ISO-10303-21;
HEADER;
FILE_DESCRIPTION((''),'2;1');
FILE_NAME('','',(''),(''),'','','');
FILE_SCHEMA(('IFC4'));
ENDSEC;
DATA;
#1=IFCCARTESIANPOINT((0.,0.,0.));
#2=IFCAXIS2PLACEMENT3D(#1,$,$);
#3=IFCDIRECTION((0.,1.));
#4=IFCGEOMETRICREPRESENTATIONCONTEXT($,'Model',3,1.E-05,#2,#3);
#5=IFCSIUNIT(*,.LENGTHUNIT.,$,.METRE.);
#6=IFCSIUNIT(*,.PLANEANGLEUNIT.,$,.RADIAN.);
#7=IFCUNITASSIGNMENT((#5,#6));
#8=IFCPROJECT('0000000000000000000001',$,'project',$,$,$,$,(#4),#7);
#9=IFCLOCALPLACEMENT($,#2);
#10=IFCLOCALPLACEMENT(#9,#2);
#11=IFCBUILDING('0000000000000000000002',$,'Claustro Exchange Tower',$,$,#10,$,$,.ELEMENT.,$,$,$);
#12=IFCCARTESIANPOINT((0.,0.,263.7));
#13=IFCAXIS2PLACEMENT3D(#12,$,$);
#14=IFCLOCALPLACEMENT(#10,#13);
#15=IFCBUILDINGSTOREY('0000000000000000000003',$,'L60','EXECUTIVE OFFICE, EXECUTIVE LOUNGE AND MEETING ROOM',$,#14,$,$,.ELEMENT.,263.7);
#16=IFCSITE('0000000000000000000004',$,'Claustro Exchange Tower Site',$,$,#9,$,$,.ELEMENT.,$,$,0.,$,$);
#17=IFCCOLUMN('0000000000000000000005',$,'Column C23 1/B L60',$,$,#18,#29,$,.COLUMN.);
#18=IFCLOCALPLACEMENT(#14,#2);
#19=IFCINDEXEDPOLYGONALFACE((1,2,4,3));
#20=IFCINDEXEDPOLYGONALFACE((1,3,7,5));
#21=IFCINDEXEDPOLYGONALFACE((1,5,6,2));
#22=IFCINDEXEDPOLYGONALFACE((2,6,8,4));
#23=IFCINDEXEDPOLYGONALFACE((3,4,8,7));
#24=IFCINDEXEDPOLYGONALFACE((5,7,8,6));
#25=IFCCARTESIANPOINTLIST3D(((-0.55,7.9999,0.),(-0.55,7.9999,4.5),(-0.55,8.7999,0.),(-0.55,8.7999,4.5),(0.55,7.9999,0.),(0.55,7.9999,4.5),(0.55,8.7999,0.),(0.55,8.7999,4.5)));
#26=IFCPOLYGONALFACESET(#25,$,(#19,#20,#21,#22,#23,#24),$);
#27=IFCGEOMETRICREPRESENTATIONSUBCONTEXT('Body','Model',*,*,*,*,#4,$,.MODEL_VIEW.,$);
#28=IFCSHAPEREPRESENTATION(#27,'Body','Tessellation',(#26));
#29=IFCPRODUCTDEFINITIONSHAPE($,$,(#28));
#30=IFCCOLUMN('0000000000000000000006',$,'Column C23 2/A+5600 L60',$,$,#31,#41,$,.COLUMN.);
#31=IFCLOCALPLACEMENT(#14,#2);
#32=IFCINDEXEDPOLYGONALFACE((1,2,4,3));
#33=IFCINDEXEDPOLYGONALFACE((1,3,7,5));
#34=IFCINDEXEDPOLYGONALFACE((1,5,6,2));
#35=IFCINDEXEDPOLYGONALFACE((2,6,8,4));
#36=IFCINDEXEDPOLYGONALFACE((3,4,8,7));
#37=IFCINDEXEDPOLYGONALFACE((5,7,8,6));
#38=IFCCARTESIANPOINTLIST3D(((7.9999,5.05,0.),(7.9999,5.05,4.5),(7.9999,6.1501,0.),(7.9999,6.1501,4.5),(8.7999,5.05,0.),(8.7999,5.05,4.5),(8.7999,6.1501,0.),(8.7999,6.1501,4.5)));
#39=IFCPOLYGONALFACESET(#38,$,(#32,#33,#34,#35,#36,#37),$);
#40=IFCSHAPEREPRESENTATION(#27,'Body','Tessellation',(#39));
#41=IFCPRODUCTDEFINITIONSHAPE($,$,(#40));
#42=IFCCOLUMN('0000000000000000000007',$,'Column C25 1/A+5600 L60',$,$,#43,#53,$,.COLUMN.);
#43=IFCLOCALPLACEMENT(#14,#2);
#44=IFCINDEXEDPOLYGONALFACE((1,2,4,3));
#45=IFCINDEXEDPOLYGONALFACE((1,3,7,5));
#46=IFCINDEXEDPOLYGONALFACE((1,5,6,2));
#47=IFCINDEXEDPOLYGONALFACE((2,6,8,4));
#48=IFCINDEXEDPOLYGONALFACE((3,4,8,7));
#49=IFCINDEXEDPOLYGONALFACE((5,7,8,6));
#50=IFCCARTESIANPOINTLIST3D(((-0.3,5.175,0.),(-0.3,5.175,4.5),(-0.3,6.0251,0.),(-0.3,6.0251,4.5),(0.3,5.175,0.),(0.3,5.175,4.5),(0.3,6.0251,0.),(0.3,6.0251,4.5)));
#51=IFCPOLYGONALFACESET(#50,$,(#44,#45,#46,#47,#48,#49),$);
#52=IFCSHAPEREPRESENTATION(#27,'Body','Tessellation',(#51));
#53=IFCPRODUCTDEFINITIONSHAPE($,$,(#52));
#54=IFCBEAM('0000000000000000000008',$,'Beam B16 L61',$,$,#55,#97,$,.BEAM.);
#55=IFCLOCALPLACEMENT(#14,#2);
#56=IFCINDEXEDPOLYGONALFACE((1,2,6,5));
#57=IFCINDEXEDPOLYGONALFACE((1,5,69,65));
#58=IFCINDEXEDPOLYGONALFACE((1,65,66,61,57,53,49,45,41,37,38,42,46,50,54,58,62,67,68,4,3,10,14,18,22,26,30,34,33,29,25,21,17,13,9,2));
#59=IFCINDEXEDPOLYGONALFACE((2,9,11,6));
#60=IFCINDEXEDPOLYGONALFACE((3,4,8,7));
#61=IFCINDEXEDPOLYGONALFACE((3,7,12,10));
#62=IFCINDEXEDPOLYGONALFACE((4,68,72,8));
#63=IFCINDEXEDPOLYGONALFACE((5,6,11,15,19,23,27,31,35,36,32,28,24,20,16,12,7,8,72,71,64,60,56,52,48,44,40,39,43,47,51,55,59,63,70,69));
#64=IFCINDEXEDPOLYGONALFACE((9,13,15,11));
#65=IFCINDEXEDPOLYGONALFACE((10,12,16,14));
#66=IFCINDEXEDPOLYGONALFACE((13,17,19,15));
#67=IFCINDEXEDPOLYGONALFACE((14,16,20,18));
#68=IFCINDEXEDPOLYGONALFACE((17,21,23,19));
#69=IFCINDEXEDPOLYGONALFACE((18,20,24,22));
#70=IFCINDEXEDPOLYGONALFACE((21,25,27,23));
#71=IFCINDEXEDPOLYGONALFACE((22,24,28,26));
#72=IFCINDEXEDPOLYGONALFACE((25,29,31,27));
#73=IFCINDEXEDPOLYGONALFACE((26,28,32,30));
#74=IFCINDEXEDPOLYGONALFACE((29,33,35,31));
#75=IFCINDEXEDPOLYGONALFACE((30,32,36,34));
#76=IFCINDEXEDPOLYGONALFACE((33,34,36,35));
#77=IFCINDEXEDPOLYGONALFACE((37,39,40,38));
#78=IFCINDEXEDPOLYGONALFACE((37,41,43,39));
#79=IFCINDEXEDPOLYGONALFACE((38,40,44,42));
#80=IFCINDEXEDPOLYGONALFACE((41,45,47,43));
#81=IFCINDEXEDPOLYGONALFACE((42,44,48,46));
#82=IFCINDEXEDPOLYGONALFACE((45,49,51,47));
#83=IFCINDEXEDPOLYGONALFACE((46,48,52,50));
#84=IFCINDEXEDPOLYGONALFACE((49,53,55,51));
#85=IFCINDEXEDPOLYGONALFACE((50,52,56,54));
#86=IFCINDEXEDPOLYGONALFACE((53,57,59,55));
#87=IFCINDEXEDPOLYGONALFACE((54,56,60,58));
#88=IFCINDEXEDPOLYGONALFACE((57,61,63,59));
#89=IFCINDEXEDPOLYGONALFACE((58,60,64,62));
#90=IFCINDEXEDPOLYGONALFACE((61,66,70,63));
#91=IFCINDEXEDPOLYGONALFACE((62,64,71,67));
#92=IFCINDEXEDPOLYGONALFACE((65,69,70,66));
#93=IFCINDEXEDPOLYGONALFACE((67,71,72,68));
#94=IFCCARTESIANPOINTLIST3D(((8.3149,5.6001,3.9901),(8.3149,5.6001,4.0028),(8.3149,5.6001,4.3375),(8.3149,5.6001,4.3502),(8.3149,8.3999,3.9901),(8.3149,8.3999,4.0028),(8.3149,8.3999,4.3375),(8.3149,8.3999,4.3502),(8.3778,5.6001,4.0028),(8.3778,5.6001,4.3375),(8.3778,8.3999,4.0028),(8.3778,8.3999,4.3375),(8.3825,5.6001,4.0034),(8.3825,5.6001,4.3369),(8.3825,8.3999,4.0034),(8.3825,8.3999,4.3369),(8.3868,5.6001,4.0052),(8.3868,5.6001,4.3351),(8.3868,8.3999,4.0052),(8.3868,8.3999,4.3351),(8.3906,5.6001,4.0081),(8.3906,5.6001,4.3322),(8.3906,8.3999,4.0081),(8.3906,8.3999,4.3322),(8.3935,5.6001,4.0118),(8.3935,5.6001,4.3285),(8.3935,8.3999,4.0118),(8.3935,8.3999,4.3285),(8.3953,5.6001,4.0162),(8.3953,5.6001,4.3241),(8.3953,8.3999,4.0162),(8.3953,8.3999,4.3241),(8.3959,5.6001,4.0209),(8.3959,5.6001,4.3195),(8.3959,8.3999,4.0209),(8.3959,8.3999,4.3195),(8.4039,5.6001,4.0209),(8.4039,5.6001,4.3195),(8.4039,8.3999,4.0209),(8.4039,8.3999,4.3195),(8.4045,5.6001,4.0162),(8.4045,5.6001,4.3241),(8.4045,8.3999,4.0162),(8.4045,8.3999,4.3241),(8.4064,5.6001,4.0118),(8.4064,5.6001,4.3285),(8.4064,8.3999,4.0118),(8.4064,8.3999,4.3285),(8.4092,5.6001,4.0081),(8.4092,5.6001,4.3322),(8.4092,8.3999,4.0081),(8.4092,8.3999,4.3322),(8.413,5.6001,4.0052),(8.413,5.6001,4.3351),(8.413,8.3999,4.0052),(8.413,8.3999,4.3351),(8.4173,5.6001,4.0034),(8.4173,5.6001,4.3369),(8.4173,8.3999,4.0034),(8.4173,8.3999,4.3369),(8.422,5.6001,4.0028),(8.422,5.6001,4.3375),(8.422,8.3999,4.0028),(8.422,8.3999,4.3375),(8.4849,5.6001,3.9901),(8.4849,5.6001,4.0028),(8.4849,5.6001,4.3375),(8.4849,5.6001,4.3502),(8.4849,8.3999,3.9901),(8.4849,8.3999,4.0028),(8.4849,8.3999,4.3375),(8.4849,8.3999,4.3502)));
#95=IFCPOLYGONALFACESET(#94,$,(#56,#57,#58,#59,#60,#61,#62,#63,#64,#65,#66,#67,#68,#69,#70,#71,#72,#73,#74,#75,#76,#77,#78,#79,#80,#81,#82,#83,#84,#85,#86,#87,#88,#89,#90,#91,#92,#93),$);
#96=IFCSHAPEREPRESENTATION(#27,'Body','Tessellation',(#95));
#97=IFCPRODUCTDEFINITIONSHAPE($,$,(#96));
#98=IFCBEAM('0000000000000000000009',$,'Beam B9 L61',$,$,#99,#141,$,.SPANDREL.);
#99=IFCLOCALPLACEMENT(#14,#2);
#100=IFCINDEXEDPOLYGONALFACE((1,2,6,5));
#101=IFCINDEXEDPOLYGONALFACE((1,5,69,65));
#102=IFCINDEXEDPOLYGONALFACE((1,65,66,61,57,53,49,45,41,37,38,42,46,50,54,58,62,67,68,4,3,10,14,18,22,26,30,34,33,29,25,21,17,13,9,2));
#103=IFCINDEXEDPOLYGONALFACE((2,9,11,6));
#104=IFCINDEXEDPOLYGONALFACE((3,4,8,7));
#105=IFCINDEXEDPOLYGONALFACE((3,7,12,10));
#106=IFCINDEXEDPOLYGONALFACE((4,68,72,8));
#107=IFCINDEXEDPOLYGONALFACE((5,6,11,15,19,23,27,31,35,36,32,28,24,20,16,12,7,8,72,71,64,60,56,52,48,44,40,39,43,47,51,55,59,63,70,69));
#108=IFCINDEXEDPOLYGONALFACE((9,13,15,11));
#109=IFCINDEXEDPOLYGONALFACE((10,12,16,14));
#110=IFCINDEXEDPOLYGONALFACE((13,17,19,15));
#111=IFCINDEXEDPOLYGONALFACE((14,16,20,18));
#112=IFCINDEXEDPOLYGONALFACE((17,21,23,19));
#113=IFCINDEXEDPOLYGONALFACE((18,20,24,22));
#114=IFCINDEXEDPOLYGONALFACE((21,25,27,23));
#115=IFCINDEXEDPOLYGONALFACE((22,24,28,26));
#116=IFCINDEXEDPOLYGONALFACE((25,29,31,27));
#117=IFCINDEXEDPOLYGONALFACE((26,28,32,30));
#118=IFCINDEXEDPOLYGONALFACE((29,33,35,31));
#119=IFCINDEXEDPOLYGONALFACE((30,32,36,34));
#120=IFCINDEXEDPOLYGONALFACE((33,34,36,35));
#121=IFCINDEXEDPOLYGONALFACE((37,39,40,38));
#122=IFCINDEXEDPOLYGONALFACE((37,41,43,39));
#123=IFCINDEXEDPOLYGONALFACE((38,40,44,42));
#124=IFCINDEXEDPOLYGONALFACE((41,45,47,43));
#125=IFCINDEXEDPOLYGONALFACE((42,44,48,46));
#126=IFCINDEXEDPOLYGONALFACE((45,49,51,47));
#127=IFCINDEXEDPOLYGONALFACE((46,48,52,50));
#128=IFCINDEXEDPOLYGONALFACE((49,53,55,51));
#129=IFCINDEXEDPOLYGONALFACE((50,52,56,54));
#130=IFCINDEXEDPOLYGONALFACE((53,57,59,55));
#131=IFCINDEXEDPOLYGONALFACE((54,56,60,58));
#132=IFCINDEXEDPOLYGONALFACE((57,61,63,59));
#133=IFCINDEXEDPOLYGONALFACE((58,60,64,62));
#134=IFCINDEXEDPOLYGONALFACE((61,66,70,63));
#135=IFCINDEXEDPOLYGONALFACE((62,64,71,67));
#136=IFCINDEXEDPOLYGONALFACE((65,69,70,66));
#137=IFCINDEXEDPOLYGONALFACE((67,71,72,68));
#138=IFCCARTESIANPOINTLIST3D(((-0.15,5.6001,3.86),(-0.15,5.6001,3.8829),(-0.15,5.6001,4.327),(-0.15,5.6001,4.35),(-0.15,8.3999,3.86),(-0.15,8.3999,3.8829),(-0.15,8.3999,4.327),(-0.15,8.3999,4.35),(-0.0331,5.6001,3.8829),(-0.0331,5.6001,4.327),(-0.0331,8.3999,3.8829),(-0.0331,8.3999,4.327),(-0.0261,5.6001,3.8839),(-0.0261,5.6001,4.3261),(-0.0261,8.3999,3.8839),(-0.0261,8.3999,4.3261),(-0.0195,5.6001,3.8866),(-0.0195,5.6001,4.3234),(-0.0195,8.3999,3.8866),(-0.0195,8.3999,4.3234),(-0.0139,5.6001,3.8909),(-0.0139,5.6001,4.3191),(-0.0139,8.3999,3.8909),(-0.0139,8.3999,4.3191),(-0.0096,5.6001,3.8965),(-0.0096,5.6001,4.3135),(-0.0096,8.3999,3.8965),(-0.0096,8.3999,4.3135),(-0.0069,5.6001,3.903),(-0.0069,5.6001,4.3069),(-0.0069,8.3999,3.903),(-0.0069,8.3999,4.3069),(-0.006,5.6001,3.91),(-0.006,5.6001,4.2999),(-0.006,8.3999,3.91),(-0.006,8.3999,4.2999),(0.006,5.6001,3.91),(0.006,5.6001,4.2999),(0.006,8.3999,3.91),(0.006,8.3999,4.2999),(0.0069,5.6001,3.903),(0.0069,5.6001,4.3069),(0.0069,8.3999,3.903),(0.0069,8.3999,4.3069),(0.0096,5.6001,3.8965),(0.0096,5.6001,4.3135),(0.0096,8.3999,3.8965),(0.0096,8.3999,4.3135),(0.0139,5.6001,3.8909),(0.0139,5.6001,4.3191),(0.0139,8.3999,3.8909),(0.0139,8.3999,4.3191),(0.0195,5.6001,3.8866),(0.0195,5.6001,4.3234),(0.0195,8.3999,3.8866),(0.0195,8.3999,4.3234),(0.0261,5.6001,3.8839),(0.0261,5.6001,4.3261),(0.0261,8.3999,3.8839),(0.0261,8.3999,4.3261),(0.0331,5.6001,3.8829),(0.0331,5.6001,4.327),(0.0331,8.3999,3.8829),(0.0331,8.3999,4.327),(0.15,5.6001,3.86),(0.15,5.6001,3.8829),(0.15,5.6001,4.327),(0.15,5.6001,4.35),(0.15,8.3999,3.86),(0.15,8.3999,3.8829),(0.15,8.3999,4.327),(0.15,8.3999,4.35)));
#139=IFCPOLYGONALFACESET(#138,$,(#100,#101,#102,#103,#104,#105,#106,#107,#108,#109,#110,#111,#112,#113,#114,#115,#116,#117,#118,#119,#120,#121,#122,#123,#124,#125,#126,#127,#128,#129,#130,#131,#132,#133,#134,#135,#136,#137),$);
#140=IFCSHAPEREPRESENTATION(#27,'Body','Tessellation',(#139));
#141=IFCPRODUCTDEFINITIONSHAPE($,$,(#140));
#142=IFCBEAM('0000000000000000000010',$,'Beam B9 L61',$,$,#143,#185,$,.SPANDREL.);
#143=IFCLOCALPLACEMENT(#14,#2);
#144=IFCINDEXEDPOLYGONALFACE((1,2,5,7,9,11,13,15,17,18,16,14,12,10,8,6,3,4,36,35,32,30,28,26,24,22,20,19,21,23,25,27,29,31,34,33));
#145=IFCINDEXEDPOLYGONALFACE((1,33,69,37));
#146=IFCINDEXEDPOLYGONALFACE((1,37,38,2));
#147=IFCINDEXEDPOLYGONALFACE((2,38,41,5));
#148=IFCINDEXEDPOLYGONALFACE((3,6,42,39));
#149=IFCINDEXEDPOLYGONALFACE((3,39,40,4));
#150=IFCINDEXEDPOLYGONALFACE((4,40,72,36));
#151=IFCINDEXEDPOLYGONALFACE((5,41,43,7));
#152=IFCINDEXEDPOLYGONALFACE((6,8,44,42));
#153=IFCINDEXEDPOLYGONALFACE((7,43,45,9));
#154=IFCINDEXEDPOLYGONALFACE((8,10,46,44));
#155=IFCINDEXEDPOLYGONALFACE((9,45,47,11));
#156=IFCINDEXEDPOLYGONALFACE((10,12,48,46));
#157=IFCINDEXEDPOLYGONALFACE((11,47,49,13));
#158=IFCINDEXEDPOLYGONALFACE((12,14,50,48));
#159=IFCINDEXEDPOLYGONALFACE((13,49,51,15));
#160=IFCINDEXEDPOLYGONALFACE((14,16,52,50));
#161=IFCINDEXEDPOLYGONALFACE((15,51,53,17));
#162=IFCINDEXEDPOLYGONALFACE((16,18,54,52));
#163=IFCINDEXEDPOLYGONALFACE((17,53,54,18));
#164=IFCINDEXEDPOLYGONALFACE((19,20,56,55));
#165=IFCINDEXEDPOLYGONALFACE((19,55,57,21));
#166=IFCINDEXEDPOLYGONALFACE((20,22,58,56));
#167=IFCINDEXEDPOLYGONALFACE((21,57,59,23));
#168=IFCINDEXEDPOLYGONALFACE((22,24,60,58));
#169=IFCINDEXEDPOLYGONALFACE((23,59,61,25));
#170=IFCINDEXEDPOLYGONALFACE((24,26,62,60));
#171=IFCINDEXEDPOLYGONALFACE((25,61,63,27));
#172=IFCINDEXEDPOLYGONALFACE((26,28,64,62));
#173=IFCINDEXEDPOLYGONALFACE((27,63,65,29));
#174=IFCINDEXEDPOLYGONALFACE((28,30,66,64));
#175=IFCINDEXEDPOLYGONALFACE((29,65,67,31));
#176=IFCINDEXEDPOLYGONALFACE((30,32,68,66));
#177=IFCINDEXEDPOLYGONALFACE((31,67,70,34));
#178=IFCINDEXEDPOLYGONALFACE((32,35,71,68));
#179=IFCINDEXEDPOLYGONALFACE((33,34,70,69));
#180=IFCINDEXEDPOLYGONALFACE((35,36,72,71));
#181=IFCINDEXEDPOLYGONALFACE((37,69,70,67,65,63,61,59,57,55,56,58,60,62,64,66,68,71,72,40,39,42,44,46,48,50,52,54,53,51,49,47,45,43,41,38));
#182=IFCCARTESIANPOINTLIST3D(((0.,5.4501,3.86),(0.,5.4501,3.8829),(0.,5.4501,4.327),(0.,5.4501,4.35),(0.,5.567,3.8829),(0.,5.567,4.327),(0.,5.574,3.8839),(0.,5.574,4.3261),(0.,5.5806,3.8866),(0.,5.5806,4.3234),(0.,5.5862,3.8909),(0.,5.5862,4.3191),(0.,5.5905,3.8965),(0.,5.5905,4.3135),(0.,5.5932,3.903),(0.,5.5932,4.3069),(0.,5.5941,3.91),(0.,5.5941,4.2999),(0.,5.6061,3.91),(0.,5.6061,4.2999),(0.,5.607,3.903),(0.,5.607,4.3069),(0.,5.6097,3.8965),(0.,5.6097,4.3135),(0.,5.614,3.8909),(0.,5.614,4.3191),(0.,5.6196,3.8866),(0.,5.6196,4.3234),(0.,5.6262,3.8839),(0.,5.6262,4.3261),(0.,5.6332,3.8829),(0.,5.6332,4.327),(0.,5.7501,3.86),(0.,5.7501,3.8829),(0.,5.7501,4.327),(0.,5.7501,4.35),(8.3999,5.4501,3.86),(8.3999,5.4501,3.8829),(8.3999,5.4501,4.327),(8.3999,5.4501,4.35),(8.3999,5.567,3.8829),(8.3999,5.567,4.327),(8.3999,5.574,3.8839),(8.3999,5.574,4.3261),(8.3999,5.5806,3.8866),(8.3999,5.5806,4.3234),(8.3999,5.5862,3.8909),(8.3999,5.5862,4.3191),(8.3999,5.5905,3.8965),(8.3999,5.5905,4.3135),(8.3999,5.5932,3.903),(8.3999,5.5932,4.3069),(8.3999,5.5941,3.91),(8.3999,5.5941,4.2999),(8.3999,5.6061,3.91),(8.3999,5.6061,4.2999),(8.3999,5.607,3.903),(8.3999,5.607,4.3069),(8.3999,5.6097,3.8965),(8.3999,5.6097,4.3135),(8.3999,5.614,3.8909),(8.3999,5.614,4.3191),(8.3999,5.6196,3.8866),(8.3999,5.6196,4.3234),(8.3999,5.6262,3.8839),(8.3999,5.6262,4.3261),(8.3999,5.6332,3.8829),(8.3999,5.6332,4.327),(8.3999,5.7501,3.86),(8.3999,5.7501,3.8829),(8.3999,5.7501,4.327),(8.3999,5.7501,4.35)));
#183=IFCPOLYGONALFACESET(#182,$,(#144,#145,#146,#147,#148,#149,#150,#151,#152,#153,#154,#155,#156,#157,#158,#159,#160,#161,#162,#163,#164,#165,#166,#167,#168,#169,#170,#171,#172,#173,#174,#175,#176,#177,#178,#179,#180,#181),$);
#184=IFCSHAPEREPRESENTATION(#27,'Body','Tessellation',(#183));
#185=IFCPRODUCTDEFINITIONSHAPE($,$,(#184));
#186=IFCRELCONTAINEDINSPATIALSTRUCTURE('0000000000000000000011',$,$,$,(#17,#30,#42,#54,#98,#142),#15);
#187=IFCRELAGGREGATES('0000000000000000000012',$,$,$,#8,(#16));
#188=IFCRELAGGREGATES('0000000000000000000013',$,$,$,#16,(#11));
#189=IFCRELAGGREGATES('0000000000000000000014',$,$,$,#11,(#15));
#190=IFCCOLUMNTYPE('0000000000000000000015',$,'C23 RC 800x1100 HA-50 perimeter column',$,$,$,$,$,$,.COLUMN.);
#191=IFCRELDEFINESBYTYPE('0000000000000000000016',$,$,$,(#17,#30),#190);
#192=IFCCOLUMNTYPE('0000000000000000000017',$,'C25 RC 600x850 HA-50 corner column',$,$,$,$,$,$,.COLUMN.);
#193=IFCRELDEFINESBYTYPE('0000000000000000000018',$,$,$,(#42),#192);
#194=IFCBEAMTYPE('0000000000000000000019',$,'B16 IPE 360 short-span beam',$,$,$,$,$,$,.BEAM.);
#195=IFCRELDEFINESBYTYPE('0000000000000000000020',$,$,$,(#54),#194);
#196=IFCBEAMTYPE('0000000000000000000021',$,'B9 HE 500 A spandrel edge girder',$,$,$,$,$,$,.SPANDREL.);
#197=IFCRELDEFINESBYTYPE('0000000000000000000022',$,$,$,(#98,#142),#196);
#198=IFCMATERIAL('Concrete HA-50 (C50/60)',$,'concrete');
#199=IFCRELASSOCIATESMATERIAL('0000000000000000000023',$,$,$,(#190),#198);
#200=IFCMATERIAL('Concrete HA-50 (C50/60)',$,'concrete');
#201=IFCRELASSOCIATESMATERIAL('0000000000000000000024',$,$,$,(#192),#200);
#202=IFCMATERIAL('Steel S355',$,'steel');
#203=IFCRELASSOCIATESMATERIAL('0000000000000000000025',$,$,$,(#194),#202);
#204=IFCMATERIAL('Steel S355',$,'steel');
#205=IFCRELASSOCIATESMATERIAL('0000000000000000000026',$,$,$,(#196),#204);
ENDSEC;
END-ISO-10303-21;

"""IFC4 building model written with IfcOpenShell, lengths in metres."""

from ifc_helpers import new_model, si_unit, direction, frame, origin, origin_2d, place, context, subcontext, project, spatial, rectangle, i_section, extrude, material, material_profile, profile_set, type_object, element, save


model = new_model("IFC4")

# Units and contexts
model_context = context("Model", 3, precision=1e-05, world=origin(), true_north=direction((0.0, 1.0)))
body_context = subcontext(model_context, "Body", "Model", "MODEL_VIEW")
ifc_project = project(units=[si_unit("LENGTHUNIT", "METRE"), si_unit("PLANEANGLEUNIT", "RADIAN")], contexts=[model_context])

# Site, building, storey
site_placement = place(None, origin())
site = spatial("IfcSite", under=ifc_project, at=site_placement, Name="Claustro Exchange Tower Site", CompositionType="ELEMENT", RefElevation=0.0)
building_placement = place(site_placement, origin())
building = spatial("IfcBuilding", under=site, at=building_placement, Name="Claustro Exchange Tower", CompositionType="ELEMENT")
storey_placement = place(building_placement, frame((0.0, 0.0, 263.7)))
storey = spatial("IfcBuildingStorey", under=building, at=storey_placement, Name="L60", Description="EXECUTIVE OFFICE, EXECUTIVE LOUNGE AND MEETING ROOM", CompositionType="ELEMENT", Elevation=263.7)

# Columns
ifc_material_1 = material(Name="Concrete HA-50 (C50/60)", Category="concrete")
ifc_material_profile_1 = material_profile(ifc_material_1, rectangle(XDim=0.8, YDim=1.1001, at=origin_2d()), Name="RC 800x1100")
ifc_profile_set_1 = profile_set([ifc_material_profile_1], Name="Concrete HA-50 (C50/60)")
column_type_1 = type_object("IfcColumnType", Name="C23 RC 800x1100 HA-50 perimeter column", PredefinedType="COLUMN", material=ifc_profile_set_1)
for number, where, z_axis, x_axis, name in (
    (1, (0.0, 8.3999, 0.0), (0.0, 0.0, 1.0), (0.0, 1.0, 0.0), "Column C23 1/B L60"),
    (2, (8.3999, 5.6001, 0.0), (0.0, 0.0, 1.0), (1.0, 0.0, 0.0), "Column C23 2/A+5600 L60"),
):
    element("IfcColumn", number, at=place(storey_placement, frame(where, z_axis=z_axis, x_axis=x_axis)), inside=storey, type_object=column_type_1, Name=name, PredefinedType="COLUMN", context=body_context, shape_type="SweptSolid", body=[
        extrude(rectangle(XDim=0.8, YDim=1.1001, at=origin_2d()), origin(), (0.0, 0.0, 1.0), 4.5),
    ])
ifc_material_2 = material(Name="Concrete HA-50 (C50/60)", Category="concrete")
ifc_material_profile_2 = material_profile(ifc_material_2, rectangle(XDim=0.6001, YDim=0.8501, at=origin_2d()), Name="RC 600x850")
ifc_profile_set_2 = profile_set([ifc_material_profile_2], Name="Concrete HA-50 (C50/60)")
column_type_2 = type_object("IfcColumnType", Name="C25 RC 600x850 HA-50 corner column", PredefinedType="COLUMN", material=ifc_profile_set_2)
column_placement = place(storey_placement, frame((0.0, 5.6001, 0.0), z_axis=(0.0, 0.0, 1.0), x_axis=(1.0, 0.0, 0.0)))
element("IfcColumn", 3, at=column_placement, inside=storey, type_object=column_type_2, Name="Column C25 1/A+5600 L60", PredefinedType="COLUMN", context=body_context, shape_type="SweptSolid", body=[
    extrude(rectangle(XDim=0.6001, YDim=0.8501, at=origin_2d()), origin(), (0.0, 0.0, 1.0), 4.5),
])

# Beams
ifc_material_3 = material(Name="Steel S355", Category="steel")
ifc_material_profile_3 = material_profile(ifc_material_3, i_section(OverallWidth=0.1699, OverallDepth=0.3601, WebThickness=0.0081, FlangeThickness=0.0127, FilletRadius=0.0181, at=origin_2d()), Name="IPE 360")
ifc_profile_set_3 = profile_set([ifc_material_profile_3], Name="Steel S355")
beam_type_1 = type_object("IfcBeamType", Name="B16 IPE 360 short-span beam", PredefinedType="BEAM", material=ifc_profile_set_3)
beam_1_placement = place(storey_placement, frame((8.3999, 5.6001, 4.1702), z_axis=(0.0, 1.0, 0.0), x_axis=(-1.0, 0.0, 0.0)))
element("IfcBeam", 4, at=beam_1_placement, inside=storey, type_object=beam_type_1, Name="Beam B16 L61", PredefinedType="BEAM", context=body_context, shape_type="SweptSolid", body=[
    extrude(i_section(OverallWidth=0.1699, OverallDepth=0.3601, WebThickness=0.0081, FlangeThickness=0.0127, FilletRadius=0.0181, at=origin_2d()), origin(), (0.0, 0.0, 1.0), 2.7998),
])
ifc_material_4 = material(Name="Steel S355", Category="steel")
ifc_material_profile_4 = material_profile(ifc_material_4, i_section(OverallWidth=0.3, OverallDepth=0.49, WebThickness=0.012, FlangeThickness=0.0229, FilletRadius=0.0271, at=origin_2d()), Name="HE 500 A")
ifc_profile_set_4 = profile_set([ifc_material_profile_4], Name="Steel S355")
beam_type_2 = type_object("IfcBeamType", Name="B9 HE 500 A spandrel edge girder", PredefinedType="SPANDREL", material=ifc_profile_set_4)
beam_2_placement = place(storey_placement, frame((0.0, 5.6001, 4.105), z_axis=(0.0, 1.0, 0.0), x_axis=(-1.0, 0.0, 0.0)))
element("IfcBeam", 5, at=beam_2_placement, inside=storey, type_object=beam_type_2, Name="Beam B9 L61", PredefinedType="SPANDREL", context=body_context, shape_type="SweptSolid", body=[
    extrude(i_section(OverallWidth=0.3, OverallDepth=0.49, WebThickness=0.012, FlangeThickness=0.0229, FilletRadius=0.0271, at=origin_2d()), origin(), (0.0, 0.0, 1.0), 2.7998),
])
beam_3_placement = place(storey_placement, frame((0.0, 5.6001, 4.105), z_axis=(1.0, 0.0, 0.0), x_axis=(0.0, 1.0, 0.0)))
element("IfcBeam", 6, at=beam_3_placement, inside=storey, type_object=beam_type_2, Name="Beam B9 L61", PredefinedType="SPANDREL", context=body_context, shape_type="SweptSolid", body=[
    extrude(i_section(OverallWidth=0.3, OverallDepth=0.49, WebThickness=0.012, FlangeThickness=0.0229, FilletRadius=0.0271, at=origin_2d()), origin(), (0.0, 0.0, 1.0), 8.3999),
])

save(model, "model.ifc")
